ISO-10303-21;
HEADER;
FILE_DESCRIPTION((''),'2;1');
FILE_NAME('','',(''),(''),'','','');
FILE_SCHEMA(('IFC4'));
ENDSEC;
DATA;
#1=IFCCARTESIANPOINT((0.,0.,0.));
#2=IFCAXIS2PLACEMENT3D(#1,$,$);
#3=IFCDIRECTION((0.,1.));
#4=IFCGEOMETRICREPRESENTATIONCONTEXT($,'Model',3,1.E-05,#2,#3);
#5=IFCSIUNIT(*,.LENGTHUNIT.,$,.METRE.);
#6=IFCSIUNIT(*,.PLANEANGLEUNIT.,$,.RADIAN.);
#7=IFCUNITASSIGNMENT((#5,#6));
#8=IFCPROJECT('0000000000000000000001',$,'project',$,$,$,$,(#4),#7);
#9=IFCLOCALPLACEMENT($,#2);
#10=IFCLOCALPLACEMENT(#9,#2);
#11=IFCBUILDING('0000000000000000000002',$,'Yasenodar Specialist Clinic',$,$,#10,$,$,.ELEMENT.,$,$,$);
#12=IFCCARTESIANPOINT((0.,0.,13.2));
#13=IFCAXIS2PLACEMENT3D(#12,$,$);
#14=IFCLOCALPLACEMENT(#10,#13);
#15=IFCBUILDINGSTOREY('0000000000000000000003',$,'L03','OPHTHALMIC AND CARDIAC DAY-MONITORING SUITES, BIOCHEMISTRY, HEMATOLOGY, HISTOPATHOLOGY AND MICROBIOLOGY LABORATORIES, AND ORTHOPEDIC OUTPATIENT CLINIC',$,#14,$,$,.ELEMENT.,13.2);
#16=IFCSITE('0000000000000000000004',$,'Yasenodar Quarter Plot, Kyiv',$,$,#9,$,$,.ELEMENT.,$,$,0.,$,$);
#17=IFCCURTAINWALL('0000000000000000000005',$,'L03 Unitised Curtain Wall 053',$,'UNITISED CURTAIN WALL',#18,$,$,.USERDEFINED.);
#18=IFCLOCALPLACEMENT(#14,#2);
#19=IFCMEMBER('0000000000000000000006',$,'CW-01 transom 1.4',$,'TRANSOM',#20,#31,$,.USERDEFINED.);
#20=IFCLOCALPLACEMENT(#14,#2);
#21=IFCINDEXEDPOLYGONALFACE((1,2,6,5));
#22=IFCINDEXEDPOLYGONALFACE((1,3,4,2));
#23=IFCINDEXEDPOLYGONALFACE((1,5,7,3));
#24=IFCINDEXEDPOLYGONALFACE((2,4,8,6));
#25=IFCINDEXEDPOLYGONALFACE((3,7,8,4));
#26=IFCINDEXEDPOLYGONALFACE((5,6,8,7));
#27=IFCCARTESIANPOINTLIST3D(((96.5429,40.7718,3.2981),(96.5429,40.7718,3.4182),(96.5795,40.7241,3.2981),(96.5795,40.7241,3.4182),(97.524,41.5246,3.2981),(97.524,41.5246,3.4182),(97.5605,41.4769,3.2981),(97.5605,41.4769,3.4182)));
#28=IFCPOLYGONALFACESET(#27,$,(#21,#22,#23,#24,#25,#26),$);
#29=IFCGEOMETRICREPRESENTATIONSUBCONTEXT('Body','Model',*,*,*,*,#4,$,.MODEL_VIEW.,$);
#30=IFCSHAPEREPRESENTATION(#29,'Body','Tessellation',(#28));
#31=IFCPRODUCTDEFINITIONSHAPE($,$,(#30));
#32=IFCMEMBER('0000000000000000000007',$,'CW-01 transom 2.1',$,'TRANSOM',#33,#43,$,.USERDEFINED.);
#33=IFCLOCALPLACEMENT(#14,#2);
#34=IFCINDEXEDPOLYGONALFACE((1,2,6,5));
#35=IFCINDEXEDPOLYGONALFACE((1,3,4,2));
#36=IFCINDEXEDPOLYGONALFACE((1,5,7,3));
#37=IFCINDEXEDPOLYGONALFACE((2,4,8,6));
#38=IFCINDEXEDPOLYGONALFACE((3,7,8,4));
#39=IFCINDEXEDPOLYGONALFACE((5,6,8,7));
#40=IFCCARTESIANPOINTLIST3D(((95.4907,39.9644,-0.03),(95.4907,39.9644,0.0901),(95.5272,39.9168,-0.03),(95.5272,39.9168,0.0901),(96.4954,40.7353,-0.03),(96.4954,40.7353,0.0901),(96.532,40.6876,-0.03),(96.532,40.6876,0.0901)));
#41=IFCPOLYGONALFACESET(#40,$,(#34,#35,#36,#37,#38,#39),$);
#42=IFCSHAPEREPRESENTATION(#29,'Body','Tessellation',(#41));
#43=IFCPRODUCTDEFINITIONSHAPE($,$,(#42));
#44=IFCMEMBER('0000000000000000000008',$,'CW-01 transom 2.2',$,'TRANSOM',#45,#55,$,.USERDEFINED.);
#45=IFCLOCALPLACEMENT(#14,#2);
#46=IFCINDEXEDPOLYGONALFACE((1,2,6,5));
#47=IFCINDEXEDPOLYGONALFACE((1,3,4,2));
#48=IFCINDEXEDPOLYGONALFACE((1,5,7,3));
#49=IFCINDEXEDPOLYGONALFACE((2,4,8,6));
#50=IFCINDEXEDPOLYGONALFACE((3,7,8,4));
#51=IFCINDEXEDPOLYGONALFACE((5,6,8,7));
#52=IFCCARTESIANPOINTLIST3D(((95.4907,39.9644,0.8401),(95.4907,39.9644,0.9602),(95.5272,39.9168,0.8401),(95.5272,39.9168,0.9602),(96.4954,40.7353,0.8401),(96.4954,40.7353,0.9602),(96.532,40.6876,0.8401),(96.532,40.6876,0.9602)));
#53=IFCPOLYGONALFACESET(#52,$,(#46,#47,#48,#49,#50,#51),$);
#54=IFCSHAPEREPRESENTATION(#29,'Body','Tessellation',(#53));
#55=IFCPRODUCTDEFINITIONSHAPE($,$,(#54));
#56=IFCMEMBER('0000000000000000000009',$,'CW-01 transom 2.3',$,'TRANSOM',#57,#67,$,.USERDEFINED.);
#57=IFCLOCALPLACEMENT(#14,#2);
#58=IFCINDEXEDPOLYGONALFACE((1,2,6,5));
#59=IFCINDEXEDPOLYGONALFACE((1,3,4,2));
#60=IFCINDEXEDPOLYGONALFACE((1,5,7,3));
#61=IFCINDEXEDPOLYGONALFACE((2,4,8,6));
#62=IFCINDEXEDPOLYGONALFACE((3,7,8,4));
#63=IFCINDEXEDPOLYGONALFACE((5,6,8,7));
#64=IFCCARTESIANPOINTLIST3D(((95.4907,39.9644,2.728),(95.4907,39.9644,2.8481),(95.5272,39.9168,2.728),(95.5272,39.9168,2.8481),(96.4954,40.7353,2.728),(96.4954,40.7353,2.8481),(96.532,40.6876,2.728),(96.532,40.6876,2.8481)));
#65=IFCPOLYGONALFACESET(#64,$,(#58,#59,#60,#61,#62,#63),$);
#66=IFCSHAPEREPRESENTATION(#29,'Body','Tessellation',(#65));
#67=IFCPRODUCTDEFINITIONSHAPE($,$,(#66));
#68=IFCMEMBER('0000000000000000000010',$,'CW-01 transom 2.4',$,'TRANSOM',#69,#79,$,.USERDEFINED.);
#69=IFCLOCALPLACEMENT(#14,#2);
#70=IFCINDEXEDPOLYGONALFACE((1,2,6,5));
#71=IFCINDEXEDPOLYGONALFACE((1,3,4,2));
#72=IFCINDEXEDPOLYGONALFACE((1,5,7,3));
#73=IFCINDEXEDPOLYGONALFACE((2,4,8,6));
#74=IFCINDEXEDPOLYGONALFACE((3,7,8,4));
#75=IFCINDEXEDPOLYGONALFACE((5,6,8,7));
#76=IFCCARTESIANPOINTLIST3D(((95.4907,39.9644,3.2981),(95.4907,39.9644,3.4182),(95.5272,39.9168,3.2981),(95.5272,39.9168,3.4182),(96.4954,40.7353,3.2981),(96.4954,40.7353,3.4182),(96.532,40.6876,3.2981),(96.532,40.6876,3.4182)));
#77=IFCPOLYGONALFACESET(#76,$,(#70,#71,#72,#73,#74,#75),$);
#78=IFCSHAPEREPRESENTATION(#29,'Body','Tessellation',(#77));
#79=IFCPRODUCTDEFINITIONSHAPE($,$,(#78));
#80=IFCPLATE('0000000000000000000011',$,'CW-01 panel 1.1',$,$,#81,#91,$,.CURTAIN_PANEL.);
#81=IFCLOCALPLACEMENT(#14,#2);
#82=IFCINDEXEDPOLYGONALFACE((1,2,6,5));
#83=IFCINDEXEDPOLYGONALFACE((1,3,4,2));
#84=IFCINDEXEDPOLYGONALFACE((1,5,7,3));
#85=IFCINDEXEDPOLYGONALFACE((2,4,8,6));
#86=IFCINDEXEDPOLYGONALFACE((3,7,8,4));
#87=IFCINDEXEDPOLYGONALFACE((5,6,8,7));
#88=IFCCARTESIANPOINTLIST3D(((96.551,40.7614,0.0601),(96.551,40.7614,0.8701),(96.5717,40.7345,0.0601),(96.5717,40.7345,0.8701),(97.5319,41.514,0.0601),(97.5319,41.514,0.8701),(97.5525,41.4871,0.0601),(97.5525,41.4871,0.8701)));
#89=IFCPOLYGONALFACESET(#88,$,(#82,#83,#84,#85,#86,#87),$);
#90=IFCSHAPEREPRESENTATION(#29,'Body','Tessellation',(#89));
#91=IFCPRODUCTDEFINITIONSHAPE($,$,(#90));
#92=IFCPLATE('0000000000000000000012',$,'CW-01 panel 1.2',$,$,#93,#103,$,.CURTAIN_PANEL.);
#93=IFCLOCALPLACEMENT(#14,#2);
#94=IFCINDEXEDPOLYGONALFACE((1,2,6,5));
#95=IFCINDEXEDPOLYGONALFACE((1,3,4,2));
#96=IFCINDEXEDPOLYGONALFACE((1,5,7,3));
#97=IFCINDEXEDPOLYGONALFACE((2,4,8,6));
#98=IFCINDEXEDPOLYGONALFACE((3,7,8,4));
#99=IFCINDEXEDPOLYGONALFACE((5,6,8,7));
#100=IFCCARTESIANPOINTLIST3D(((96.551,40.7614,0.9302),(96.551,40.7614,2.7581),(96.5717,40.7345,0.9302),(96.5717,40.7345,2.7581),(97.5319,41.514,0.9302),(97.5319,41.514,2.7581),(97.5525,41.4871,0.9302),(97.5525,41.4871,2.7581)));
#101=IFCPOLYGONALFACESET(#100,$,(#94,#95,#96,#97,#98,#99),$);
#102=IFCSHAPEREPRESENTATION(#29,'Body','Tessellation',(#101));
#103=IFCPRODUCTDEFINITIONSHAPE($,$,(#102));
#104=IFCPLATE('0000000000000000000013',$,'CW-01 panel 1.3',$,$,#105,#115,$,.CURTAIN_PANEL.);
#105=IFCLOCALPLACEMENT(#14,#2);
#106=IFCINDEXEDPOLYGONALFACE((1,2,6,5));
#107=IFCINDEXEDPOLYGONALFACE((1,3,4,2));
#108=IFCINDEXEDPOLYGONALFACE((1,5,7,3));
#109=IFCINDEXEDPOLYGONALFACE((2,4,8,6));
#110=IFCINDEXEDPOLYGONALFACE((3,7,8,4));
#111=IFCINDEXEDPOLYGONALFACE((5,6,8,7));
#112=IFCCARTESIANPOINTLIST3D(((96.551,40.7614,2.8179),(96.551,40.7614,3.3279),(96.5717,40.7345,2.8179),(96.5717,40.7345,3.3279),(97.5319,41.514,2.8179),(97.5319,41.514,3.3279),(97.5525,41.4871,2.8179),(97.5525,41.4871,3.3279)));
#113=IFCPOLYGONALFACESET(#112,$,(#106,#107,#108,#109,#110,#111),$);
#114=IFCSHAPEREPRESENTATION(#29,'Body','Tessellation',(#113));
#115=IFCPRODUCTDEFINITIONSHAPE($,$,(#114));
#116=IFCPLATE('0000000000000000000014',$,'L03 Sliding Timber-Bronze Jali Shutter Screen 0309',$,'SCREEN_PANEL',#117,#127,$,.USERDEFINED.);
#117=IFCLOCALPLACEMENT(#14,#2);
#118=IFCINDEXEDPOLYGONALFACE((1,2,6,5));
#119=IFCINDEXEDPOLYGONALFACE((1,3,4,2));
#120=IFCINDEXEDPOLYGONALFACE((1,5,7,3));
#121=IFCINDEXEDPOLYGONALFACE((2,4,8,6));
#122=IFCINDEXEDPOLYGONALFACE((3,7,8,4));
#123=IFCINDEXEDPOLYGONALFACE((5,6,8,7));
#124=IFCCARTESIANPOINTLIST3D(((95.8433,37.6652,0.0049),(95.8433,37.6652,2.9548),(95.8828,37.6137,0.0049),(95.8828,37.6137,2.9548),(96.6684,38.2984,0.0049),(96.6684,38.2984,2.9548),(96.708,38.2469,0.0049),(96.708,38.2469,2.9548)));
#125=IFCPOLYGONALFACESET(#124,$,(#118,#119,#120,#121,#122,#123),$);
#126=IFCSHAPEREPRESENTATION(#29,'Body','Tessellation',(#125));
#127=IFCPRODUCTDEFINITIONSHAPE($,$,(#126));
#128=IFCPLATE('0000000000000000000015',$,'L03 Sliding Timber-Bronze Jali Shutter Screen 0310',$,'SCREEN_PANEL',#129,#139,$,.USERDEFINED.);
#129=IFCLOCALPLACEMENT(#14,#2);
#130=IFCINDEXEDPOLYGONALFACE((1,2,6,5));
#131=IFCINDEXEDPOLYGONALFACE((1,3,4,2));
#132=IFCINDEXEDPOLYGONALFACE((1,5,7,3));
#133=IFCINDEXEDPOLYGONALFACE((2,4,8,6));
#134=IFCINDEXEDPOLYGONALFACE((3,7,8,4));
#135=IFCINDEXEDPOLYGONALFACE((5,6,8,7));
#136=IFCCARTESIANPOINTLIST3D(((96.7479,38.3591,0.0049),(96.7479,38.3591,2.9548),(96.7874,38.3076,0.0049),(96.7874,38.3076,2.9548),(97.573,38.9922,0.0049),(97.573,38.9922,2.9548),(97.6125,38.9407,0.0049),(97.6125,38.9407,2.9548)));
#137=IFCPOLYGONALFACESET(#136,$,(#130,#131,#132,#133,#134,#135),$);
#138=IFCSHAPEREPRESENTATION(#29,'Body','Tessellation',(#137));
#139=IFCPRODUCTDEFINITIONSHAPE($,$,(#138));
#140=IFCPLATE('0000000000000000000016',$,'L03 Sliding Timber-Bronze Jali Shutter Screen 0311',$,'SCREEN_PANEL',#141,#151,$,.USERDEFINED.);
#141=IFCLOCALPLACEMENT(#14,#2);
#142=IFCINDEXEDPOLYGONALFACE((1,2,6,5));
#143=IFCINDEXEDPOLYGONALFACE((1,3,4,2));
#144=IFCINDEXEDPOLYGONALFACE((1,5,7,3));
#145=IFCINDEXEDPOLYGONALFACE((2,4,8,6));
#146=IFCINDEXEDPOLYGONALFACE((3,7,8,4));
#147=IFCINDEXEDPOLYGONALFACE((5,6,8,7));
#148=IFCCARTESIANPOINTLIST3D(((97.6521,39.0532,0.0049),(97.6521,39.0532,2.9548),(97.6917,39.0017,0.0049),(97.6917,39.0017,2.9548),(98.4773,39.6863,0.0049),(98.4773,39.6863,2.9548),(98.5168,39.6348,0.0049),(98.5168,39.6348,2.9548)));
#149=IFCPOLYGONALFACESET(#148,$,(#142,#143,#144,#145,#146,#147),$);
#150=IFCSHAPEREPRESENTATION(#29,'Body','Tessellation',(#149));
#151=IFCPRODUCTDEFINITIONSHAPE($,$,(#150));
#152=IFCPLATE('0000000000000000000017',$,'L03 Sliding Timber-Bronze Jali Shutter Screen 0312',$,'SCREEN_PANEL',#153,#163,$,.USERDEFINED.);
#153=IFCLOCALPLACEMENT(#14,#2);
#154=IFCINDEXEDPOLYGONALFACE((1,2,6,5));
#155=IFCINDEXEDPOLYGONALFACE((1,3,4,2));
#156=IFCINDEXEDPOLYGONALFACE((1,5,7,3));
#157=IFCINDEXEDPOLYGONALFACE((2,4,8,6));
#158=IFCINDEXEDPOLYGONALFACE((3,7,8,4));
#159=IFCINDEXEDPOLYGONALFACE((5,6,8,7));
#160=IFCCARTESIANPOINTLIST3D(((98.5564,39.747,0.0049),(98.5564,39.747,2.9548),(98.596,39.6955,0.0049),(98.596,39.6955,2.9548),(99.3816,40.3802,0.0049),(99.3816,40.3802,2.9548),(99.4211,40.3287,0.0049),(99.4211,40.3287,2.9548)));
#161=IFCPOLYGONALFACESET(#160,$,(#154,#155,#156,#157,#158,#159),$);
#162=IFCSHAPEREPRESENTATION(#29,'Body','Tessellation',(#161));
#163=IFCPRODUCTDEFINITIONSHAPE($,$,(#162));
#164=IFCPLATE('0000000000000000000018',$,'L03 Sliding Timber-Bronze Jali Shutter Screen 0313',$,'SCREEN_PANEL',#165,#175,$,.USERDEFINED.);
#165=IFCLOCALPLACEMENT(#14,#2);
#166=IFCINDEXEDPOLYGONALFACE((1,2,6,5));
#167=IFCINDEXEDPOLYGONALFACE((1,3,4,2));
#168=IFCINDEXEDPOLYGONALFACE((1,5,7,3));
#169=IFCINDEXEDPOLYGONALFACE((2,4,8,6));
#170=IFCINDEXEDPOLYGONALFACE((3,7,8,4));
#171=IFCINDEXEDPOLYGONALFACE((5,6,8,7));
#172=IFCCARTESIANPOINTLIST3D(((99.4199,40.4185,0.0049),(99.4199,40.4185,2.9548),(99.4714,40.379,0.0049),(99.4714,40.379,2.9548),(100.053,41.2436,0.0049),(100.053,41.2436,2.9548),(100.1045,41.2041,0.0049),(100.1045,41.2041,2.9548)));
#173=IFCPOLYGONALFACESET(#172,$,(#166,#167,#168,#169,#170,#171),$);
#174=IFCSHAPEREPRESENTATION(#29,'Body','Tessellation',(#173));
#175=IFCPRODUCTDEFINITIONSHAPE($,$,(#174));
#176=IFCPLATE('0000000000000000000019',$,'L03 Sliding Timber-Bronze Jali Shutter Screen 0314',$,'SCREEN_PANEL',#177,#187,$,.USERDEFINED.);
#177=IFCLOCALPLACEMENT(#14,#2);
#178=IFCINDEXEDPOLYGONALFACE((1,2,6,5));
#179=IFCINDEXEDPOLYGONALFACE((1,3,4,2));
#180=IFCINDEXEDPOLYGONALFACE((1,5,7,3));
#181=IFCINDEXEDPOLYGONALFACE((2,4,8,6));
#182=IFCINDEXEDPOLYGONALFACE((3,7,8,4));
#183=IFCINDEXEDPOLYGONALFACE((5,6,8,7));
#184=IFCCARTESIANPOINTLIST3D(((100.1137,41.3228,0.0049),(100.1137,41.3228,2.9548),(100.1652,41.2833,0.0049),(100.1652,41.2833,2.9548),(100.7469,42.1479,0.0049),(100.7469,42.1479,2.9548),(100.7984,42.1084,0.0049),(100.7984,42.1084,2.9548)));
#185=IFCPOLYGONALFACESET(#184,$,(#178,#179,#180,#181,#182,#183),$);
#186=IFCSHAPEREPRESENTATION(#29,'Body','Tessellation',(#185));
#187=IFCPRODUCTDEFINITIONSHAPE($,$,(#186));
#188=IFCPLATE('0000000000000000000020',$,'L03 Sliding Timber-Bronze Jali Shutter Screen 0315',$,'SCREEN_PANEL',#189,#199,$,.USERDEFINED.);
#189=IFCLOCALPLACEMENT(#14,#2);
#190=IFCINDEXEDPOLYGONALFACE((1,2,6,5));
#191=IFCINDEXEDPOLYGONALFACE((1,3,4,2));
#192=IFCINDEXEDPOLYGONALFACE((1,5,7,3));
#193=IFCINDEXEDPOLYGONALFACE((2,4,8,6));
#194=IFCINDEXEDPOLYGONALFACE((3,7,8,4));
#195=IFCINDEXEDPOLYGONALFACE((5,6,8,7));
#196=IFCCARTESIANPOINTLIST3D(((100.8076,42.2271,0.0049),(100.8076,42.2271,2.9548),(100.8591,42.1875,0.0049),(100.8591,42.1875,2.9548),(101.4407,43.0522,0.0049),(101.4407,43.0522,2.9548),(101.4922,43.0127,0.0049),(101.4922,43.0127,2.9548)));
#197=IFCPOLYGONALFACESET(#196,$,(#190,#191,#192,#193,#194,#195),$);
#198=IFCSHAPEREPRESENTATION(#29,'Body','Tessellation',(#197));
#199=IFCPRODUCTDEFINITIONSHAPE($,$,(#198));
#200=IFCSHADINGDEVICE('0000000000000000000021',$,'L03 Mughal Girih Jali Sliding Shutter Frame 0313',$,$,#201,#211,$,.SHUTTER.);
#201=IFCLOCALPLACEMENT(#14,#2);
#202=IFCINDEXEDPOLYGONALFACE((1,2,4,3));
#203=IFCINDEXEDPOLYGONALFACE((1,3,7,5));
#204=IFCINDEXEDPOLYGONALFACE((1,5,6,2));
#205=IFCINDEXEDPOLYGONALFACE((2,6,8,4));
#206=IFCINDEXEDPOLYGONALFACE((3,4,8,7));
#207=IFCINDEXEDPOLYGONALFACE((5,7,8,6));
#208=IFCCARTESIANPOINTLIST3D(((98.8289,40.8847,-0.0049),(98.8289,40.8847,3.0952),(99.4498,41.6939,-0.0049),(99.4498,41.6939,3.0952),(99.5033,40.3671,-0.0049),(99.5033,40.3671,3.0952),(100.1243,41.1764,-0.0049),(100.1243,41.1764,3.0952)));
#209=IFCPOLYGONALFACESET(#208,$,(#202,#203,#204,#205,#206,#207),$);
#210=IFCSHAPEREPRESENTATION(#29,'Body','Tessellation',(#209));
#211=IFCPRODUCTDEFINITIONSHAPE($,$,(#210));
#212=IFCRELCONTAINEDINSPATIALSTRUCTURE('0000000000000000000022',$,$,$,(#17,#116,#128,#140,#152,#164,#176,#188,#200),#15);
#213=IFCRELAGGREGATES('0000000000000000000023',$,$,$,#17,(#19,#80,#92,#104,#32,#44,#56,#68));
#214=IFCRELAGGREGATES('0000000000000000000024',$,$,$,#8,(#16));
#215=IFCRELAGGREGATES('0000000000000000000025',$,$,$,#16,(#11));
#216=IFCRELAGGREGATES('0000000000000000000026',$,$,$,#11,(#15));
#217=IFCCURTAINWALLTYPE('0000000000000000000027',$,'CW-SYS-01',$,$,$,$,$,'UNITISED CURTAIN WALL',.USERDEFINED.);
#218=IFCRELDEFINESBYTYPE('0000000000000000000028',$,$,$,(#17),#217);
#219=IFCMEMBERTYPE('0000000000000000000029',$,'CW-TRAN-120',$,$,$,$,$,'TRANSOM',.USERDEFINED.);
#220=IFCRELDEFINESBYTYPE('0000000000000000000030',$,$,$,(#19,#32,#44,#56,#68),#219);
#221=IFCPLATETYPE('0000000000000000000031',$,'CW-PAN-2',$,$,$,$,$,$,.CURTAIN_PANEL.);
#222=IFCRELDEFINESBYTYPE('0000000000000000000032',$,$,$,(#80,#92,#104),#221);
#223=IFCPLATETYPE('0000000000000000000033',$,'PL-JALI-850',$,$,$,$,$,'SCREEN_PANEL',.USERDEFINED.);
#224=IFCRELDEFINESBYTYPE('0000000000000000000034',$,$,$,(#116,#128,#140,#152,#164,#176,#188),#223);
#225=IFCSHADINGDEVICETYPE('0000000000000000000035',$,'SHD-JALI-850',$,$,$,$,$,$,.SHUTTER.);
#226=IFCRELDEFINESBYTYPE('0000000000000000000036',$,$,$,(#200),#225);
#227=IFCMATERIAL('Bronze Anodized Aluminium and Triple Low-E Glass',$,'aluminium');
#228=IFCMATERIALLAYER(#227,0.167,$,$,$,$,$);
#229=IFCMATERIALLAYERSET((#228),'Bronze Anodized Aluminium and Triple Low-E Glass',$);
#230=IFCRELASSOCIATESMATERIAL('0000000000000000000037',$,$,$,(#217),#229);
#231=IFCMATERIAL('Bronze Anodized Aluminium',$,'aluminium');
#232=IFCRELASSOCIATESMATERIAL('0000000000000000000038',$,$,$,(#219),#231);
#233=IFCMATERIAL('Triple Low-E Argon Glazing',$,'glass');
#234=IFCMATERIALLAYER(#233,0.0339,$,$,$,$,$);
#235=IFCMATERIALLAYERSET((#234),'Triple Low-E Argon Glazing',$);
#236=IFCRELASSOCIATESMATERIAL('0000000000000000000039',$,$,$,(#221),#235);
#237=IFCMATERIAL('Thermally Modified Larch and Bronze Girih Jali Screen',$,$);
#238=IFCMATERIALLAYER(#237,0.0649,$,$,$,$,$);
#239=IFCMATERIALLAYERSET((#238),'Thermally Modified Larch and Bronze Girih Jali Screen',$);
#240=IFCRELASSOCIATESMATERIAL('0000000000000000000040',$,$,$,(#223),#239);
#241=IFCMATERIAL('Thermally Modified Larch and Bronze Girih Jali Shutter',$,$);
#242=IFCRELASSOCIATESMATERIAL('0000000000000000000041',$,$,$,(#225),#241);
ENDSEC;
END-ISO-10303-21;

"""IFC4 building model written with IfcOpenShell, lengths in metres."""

from ifc_helpers import new_model, si_unit, direction, frame, origin, origin_2d, place, context, subcontext, project, spatial, rectangle, extrude, material, layer, layer_set, material_profile, profile_set, type_object, element, aggregate, save


model = new_model("IFC4")

# Units and contexts
model_context = context("Model", 3, precision=1e-05, world=origin(), true_north=direction((0.0, 1.0)))
body_context = subcontext(model_context, "Body", "Model", "MODEL_VIEW")
ifc_project = project(units=[si_unit("LENGTHUNIT", "METRE"), si_unit("PLANEANGLEUNIT", "RADIAN")], contexts=[model_context])

# Site, building, storey
site_placement = place(None, origin())
site = spatial("IfcSite", under=ifc_project, at=site_placement, Name="Yasenodar Quarter Plot, Kyiv", CompositionType="ELEMENT", RefElevation=0.0)
building_placement = place(site_placement, origin())
building = spatial("IfcBuilding", under=site, at=building_placement, Name="Yasenodar Specialist Clinic", CompositionType="ELEMENT")
storey_placement = place(building_placement, frame((0.0, 0.0, 13.2)))
storey = spatial("IfcBuildingStorey", under=building, at=storey_placement, Name="L03", Description="OPHTHALMIC AND CARDIAC DAY-MONITORING SUITES, BIOCHEMISTRY, HEMATOLOGY, HISTOPATHOLOGY AND MICROBIOLOGY LABORATORIES, AND ORTHOPEDIC OUTPATIENT CLINIC", CompositionType="ELEMENT", Elevation=13.2)

# Curtain wall
ifc_material_1 = material(Name="Bronze Anodized Aluminium and Triple Low-E Glass", Category="aluminium")
ifc_layer_1 = layer(ifc_material_1, 0.167)
ifc_layer_set_1 = layer_set([ifc_layer_1], Name="Bronze Anodized Aluminium and Triple Low-E Glass")
curtain_wall_type = type_object("IfcCurtainWallType", Name="CW-SYS-01", ElementType="UNITISED CURTAIN WALL", PredefinedType="USERDEFINED", material=ifc_layer_set_1)
curtain_wall_1_placement = place(storey_placement, origin())
curtain_wall_1 = element("IfcCurtainWall", 1, at=curtain_wall_1_placement, inside=storey, type_object=curtain_wall_type, Name="L03 Unitised Curtain Wall 053", ObjectType="UNITISED CURTAIN WALL", PredefinedType="USERDEFINED")
ifc_material_2 = material(Name="Bronze Anodized Aluminium", Category="aluminium")

# Members
ifc_material_profile_1 = material_profile(ifc_material_2, rectangle(XDim=0.0601, YDim=0.1201, at=origin_2d()), Name="CW-TRAN 60x120")
ifc_profile_set_1 = profile_set([ifc_material_profile_1], Name="Bronze Anodized Aluminium")
member_type_1 = type_object("IfcMemberType", Name="CW-TRAN-120", ElementType="TRANSOM", PredefinedType="USERDEFINED", material=ifc_profile_set_1)
member_1_placement = place(storey_placement, frame((97.5422, 41.5007, 3.3582), z_axis=(-0.793365, -0.608747, 0.0), x_axis=(0.608747, -0.793365, 0.0)))
member_1 = element("IfcMember", 2, at=member_1_placement, type_object=member_type_1, Name="CW-01 transom 1.4", ObjectType="TRANSOM", PredefinedType="USERDEFINED", context=body_context, shape_type="SweptSolid", body=[
    extrude(rectangle(XDim=0.0601, YDim=0.1201, at=origin_2d()), origin(), (0.0, 0.0, 1.0), 1.2366),
])
member_2_placement = place(storey_placement, frame((96.5137, 40.7114, 0.03), z_axis=(-0.793405, -0.608695, 0.0), x_axis=(0.608695, -0.793405, 0.0)))
member_2 = element("IfcMember", 3, at=member_2_placement, type_object=member_type_1, Name="CW-01 transom 2.1", ObjectType="TRANSOM", PredefinedType="USERDEFINED", context=body_context, shape_type="SweptSolid", body=[
    extrude(rectangle(XDim=0.0601, YDim=0.1201, at=origin_2d()), origin(), (0.0, 0.0, 1.0), 1.2664),
])
member_3_placement = place(storey_placement, frame((96.5137, 40.7114, 0.9001), z_axis=(-0.793405, -0.608695, 0.0), x_axis=(0.608695, -0.793405, 0.0)))
member_3 = element("IfcMember", 4, at=member_3_placement, type_object=member_type_1, Name="CW-01 transom 2.2", ObjectType="TRANSOM", PredefinedType="USERDEFINED", context=body_context, shape_type="SweptSolid", body=[
    extrude(rectangle(XDim=0.0601, YDim=0.1201, at=origin_2d()), origin(), (0.0, 0.0, 1.0), 1.2664),
])
member_4_placement = place(storey_placement, frame((96.5137, 40.7114, 2.7881), z_axis=(-0.793405, -0.608695, 0.0), x_axis=(0.608695, -0.793405, 0.0)))
member_4 = element("IfcMember", 5, at=member_4_placement, type_object=member_type_1, Name="CW-01 transom 2.3", ObjectType="TRANSOM", PredefinedType="USERDEFINED", context=body_context, shape_type="SweptSolid", body=[
    extrude(rectangle(XDim=0.0601, YDim=0.1201, at=origin_2d()), origin(), (0.0, 0.0, 1.0), 1.2664),
])
member_5_placement = place(storey_placement, frame((96.5137, 40.7114, 3.3582), z_axis=(-0.793405, -0.608695, 0.0), x_axis=(0.608695, -0.793405, 0.0)))
member_5 = element("IfcMember", 6, at=member_5_placement, type_object=member_type_1, Name="CW-01 transom 2.4", ObjectType="TRANSOM", PredefinedType="USERDEFINED", context=body_context, shape_type="SweptSolid", body=[
    extrude(rectangle(XDim=0.0601, YDim=0.1201, at=origin_2d()), origin(), (0.0, 0.0, 1.0), 1.2664),
])

# Plates
ifc_material_3 = material(Name="Triple Low-E Argon Glazing", Category="glass")
ifc_layer_2 = layer(ifc_material_3, 0.0339)
ifc_layer_set_2 = layer_set([ifc_layer_2], Name="Triple Low-E Argon Glazing")
plate_type_1 = type_object("IfcPlateType", Name="CW-PAN-2", PredefinedType="CURTAIN_PANEL", material=ifc_layer_set_2)
plate_1_placement = place(storey_placement, frame((97.0518, 41.1243, 0.0601), z_axis=(0.0, 0.0, 1.0), x_axis=(-0.793361, -0.608752, 0.0)))
plate_1 = element("IfcPlate", 7, at=plate_1_placement, type_object=plate_type_1, Name="CW-01 panel 1.1", PredefinedType="CURTAIN_PANEL", context=body_context, shape_type="SweptSolid", body=[
    extrude(rectangle(XDim=1.2363, YDim=0.0339, at=origin_2d()), origin(), (0.0, 0.0, 1.0), 0.8101),
])
plate_2_placement = place(storey_placement, frame((97.0518, 41.1243, 0.9302), z_axis=(0.0, 0.0, 1.0), x_axis=(-0.793361, -0.608752, 0.0)))
plate_2 = element("IfcPlate", 8, at=plate_2_placement, type_object=plate_type_1, Name="CW-01 panel 1.2", PredefinedType="CURTAIN_PANEL", context=body_context, shape_type="SweptSolid", body=[
    extrude(rectangle(XDim=1.2363, YDim=0.0339, at=origin_2d()), origin(), (0.0, 0.0, 1.0), 1.8279),
])
plate_3_placement = place(storey_placement, frame((97.0518, 41.1243, 2.8179), z_axis=(0.0, 0.0, 1.0), x_axis=(-0.793361, -0.608752, 0.0)))
plate_3 = element("IfcPlate", 9, at=plate_3_placement, type_object=plate_type_1, Name="CW-01 panel 1.3", PredefinedType="CURTAIN_PANEL", context=body_context, shape_type="SweptSolid", body=[
    extrude(rectangle(XDim=1.2363, YDim=0.0339, at=origin_2d()), origin(), (0.0, 0.0, 1.0), 0.51),
])
aggregate(curtain_wall_1, [member_1, plate_1, plate_2, plate_3, member_2, member_3, member_4, member_5])

# Plates
ifc_material_4 = material(Name="Thermally Modified Larch and Bronze Girih Jali Screen")
ifc_layer_3 = layer(ifc_material_4, 0.0649)
ifc_layer_set_3 = layer_set([ifc_layer_3], Name="Thermally Modified Larch and Bronze Girih Jali Screen")
plate_type_2 = type_object("IfcPlateType", Name="PL-JALI-850", ElementType="SCREEN_PANEL", PredefinedType="USERDEFINED", material=ifc_layer_set_3)
for number, where, z_axis, x_axis, name in (
    (10, (96.2756, 37.9561, 0.0049), (0.0, 0.0, 1.0), (0.793351, 0.608764, 0.0), "L03 Sliding Timber-Bronze Jali Shutter Screen 0309"),
    (11, (97.1802, 38.6499, 0.0049), (0.0, 0.0, 1.0), (0.793351, 0.608764, 0.0), "L03 Sliding Timber-Bronze Jali Shutter Screen 0310"),
    (12, (98.0845, 39.344, 0.0049), (0.0, 0.0, 1.0), (0.793351, 0.608764, 0.0), "L03 Sliding Timber-Bronze Jali Shutter Screen 0311"),
    (13, (98.9888, 40.0378, 0.0049), (0.0, 0.0, 1.0), (0.793351, 0.608764, 0.0), "L03 Sliding Timber-Bronze Jali Shutter Screen 0312"),
    (14, (99.7622, 40.8113, 0.0049), (0.0, 0.0, 1.0), (0.608764, 0.793351, 0.0), "L03 Sliding Timber-Bronze Jali Shutter Screen 0313"),
    (15, (100.4561, 41.7156, 0.0049), (0.0, 0.0, 1.0), (0.608764, 0.793351, 0.0), "L03 Sliding Timber-Bronze Jali Shutter Screen 0314"),
    (16, (101.1499, 42.6199, 0.0049), (0.0, 0.0, 1.0), (0.608764, 0.793351, 0.0), "L03 Sliding Timber-Bronze Jali Shutter Screen 0315"),
):
    element("IfcPlate", number, at=place(storey_placement, frame(where, z_axis=z_axis, x_axis=x_axis)), inside=storey, type_object=plate_type_2, Name=name, ObjectType="SCREEN_PANEL", PredefinedType="USERDEFINED", context=body_context, shape_type="SweptSolid", body=[
        extrude(rectangle(XDim=1.04, YDim=0.0649, at=origin_2d()), origin(), (0.0, 0.0, 1.0), 2.95),
    ])

# Shading device
ifc_material_5 = material(Name="Thermally Modified Larch and Bronze Girih Jali Shutter")
shading_device_type = type_object("IfcShadingDeviceType", Name="SHD-JALI-850", PredefinedType="SHUTTER", material=ifc_material_5)
shading_device_placement = place(storey_placement, frame((99.4766, 41.0305, -0.0049), z_axis=(0.0, 0.0, 1.0), x_axis=(0.608764, 0.793351, 0.0)))
element("IfcShadingDevice", 17, at=shading_device_placement, inside=storey, type_object=shading_device_type, Name="L03 Mughal Girih Jali Sliding Shutter Frame 0313", PredefinedType="SHUTTER", context=body_context, shape_type="SweptSolid", body=[
    extrude(rectangle(XDim=1.02, YDim=0.8501, at=origin_2d()), origin(), (0.0, 0.0, 1.0), 3.1001),
])

save(model, "model.ifc")
